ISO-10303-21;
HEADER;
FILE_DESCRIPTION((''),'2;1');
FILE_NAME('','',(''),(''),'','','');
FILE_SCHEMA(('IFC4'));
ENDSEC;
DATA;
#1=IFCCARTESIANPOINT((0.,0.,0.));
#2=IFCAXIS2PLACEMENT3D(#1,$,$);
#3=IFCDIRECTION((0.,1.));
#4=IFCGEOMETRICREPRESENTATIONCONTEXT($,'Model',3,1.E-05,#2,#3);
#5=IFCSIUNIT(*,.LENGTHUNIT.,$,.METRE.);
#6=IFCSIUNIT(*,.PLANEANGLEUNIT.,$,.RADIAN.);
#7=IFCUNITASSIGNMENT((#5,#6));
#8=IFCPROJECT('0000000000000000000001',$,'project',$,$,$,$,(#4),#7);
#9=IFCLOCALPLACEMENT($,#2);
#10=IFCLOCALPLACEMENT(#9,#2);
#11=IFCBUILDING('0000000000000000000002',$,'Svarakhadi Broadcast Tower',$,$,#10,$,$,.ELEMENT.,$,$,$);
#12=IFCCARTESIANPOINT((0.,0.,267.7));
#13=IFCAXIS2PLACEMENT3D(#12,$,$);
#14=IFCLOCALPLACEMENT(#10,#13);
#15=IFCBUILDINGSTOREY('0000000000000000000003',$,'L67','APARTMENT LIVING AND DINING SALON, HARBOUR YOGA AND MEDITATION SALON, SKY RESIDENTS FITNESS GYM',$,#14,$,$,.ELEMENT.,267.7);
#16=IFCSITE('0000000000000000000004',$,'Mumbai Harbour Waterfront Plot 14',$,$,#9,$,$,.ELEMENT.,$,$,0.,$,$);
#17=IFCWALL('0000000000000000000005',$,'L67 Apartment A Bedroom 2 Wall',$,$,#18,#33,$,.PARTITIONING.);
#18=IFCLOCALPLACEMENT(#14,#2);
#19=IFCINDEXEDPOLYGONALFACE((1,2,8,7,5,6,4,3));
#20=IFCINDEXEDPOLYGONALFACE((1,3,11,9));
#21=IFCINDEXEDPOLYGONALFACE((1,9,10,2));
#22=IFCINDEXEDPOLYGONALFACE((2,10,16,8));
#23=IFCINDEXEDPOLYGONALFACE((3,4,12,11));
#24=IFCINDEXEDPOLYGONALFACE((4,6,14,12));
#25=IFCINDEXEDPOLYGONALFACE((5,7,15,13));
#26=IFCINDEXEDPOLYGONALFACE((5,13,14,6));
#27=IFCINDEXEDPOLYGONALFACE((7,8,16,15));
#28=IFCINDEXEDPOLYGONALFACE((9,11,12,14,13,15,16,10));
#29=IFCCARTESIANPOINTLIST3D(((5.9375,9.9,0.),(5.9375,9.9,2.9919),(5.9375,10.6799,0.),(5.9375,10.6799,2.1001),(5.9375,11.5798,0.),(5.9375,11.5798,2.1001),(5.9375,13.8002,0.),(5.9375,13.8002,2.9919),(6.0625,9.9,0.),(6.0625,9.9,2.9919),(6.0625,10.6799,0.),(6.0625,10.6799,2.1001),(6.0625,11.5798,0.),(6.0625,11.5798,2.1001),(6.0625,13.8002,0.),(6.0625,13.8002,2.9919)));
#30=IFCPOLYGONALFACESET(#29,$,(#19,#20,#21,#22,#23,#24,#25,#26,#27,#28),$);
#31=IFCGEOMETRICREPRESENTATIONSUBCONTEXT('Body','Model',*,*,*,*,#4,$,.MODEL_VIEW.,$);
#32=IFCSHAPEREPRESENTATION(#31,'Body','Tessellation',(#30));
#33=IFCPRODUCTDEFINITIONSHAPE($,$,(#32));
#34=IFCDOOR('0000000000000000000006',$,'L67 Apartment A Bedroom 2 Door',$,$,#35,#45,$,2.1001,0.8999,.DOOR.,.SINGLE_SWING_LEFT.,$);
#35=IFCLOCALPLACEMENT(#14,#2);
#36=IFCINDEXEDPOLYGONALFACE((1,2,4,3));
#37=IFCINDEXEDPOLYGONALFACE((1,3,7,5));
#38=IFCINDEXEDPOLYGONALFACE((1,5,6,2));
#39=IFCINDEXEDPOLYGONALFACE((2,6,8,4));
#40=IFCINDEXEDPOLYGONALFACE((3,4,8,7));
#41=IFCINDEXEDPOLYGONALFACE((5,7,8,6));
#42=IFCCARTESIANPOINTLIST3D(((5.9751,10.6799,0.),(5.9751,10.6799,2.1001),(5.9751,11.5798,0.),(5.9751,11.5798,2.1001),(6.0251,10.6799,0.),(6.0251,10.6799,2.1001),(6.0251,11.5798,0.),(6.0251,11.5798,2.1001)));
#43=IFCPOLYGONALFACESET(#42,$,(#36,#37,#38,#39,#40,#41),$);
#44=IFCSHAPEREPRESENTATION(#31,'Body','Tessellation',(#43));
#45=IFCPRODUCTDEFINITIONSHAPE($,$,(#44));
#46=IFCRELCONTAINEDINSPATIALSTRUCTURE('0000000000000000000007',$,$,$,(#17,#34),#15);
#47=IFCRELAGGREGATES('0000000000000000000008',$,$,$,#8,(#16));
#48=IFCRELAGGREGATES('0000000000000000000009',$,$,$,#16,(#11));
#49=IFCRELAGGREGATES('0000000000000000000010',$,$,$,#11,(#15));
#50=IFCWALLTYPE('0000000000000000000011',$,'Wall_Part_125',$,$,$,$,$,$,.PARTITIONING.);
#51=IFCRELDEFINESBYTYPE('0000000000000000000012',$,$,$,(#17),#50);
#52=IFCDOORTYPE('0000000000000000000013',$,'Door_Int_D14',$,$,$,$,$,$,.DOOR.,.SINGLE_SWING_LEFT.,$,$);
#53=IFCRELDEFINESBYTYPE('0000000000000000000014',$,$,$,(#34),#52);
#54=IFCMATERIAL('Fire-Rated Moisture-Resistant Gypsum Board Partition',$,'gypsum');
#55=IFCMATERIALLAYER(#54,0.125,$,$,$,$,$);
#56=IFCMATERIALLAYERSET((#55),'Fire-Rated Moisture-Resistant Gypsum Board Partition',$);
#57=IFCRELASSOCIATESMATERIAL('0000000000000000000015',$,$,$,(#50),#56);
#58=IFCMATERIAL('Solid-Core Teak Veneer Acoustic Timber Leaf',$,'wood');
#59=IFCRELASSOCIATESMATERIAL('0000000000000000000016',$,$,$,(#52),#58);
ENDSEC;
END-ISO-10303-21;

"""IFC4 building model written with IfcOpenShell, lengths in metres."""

from ifc_helpers import new_model, si_unit, direction, frame, frame_2d, origin, place, context, subcontext, project, spatial, rectangle, extrude, material, layer, layer_set, type_object, element, fill, save


model = new_model("IFC4")

# Units and contexts
model_context = context("Model", 3, precision=1e-05, world=origin(), true_north=direction((0.0, 1.0)))
body_context = subcontext(model_context, "Body", "Model", "MODEL_VIEW")
ifc_project = project(units=[si_unit("LENGTHUNIT", "METRE"), si_unit("PLANEANGLEUNIT", "RADIAN")], contexts=[model_context])

# Site, building, storey
site_placement = place(None, origin())
site = spatial("IfcSite", under=ifc_project, at=site_placement, Name="Mumbai Harbour Waterfront Plot 14", CompositionType="ELEMENT", RefElevation=0.0)
building_placement = place(site_placement, origin())
building = spatial("IfcBuilding", under=site, at=building_placement, Name="Svarakhadi Broadcast Tower", CompositionType="ELEMENT")
storey_placement = place(building_placement, frame((0.0, 0.0, 267.7)))
storey = spatial("IfcBuildingStorey", under=building, at=storey_placement, Name="L67", Description="APARTMENT LIVING AND DINING SALON, HARBOUR YOGA AND MEDITATION SALON, SKY RESIDENTS FITNESS GYM", CompositionType="ELEMENT", Elevation=267.7)

# Shared definitions
ifc_material_1 = material(Name="Fire-Rated Moisture-Resistant Gypsum Board Partition", Category="gypsum")
ifc_layer = layer(ifc_material_1, 0.125)
ifc_layer_set = layer_set([ifc_layer], Name="Fire-Rated Moisture-Resistant Gypsum Board Partition")
wall_type = type_object("IfcWallType", Name="Wall_Part_125", PredefinedType="PARTITIONING", material=ifc_layer_set)

# Wall, opening, door
ifc_material_2 = material(Name="Solid-Core Teak Veneer Acoustic Timber Leaf", Category="wood")
wall_1_placement = place(storey_placement, frame((6.0, 9.8999, 0.0), z_axis=(0.0, 0.0, 1.0), x_axis=(0.0, 1.0, 0.0)))
wall_1 = element("IfcWall", 1, at=wall_1_placement, inside=storey, type_object=wall_type, Name="L67 Apartment A Bedroom 2 Wall", PredefinedType="PARTITIONING", context=body_context, shape_type="SweptSolid", body=[
    extrude(rectangle(XDim=3.9001, YDim=0.125, at=frame_2d((1.9502, 0.0))), origin(), (0.0, 0.0, 1.0), 2.9919),
])
opening_1_placement = place(wall_1_placement, frame((0.78, 0.0, 0.0)))
opening_1 = element("IfcOpeningElement", 2, at=opening_1_placement, cuts=wall_1, PredefinedType="OPENING", context=body_context, shape_type="SweptSolid", body=[
    extrude(rectangle(XDim=0.8999, YDim=2.1001, at=frame_2d((0.45, 1.05))), frame((0.0, 0.0725, 0.0), z_axis=(0.0, -1.0, 0.0), x_axis=(1.0, 0.0, 0.0)), (0.0, 0.0, 1.0), 0.145),
])
door_type_1 = type_object("IfcDoorType", Name="Door_Int_D14", OperationType="SINGLE_SWING_LEFT", PredefinedType="DOOR", material=ifc_material_2)
door_1_placement = place(opening_1_placement, origin())
door_1 = element("IfcDoor", 3, at=door_1_placement, inside=storey, type_object=door_type_1, Name="L67 Apartment A Bedroom 2 Door", OperationType="SINGLE_SWING_LEFT", OverallHeight=2.1001, OverallWidth=0.8999, PredefinedType="DOOR", context=body_context, shape_type="SweptSolid", body=[
    extrude(rectangle(XDim=0.8999, YDim=2.1001, at=frame_2d((0.45, 1.05))), frame((0.0, 0.0249, 0.0), z_axis=(0.0, -1.0, 0.0), x_axis=(1.0, 0.0, 0.0)), (0.0, 0.0, 1.0), 0.05),
])
fill(opening_1, door_1)

save(model, "model.ifc")
